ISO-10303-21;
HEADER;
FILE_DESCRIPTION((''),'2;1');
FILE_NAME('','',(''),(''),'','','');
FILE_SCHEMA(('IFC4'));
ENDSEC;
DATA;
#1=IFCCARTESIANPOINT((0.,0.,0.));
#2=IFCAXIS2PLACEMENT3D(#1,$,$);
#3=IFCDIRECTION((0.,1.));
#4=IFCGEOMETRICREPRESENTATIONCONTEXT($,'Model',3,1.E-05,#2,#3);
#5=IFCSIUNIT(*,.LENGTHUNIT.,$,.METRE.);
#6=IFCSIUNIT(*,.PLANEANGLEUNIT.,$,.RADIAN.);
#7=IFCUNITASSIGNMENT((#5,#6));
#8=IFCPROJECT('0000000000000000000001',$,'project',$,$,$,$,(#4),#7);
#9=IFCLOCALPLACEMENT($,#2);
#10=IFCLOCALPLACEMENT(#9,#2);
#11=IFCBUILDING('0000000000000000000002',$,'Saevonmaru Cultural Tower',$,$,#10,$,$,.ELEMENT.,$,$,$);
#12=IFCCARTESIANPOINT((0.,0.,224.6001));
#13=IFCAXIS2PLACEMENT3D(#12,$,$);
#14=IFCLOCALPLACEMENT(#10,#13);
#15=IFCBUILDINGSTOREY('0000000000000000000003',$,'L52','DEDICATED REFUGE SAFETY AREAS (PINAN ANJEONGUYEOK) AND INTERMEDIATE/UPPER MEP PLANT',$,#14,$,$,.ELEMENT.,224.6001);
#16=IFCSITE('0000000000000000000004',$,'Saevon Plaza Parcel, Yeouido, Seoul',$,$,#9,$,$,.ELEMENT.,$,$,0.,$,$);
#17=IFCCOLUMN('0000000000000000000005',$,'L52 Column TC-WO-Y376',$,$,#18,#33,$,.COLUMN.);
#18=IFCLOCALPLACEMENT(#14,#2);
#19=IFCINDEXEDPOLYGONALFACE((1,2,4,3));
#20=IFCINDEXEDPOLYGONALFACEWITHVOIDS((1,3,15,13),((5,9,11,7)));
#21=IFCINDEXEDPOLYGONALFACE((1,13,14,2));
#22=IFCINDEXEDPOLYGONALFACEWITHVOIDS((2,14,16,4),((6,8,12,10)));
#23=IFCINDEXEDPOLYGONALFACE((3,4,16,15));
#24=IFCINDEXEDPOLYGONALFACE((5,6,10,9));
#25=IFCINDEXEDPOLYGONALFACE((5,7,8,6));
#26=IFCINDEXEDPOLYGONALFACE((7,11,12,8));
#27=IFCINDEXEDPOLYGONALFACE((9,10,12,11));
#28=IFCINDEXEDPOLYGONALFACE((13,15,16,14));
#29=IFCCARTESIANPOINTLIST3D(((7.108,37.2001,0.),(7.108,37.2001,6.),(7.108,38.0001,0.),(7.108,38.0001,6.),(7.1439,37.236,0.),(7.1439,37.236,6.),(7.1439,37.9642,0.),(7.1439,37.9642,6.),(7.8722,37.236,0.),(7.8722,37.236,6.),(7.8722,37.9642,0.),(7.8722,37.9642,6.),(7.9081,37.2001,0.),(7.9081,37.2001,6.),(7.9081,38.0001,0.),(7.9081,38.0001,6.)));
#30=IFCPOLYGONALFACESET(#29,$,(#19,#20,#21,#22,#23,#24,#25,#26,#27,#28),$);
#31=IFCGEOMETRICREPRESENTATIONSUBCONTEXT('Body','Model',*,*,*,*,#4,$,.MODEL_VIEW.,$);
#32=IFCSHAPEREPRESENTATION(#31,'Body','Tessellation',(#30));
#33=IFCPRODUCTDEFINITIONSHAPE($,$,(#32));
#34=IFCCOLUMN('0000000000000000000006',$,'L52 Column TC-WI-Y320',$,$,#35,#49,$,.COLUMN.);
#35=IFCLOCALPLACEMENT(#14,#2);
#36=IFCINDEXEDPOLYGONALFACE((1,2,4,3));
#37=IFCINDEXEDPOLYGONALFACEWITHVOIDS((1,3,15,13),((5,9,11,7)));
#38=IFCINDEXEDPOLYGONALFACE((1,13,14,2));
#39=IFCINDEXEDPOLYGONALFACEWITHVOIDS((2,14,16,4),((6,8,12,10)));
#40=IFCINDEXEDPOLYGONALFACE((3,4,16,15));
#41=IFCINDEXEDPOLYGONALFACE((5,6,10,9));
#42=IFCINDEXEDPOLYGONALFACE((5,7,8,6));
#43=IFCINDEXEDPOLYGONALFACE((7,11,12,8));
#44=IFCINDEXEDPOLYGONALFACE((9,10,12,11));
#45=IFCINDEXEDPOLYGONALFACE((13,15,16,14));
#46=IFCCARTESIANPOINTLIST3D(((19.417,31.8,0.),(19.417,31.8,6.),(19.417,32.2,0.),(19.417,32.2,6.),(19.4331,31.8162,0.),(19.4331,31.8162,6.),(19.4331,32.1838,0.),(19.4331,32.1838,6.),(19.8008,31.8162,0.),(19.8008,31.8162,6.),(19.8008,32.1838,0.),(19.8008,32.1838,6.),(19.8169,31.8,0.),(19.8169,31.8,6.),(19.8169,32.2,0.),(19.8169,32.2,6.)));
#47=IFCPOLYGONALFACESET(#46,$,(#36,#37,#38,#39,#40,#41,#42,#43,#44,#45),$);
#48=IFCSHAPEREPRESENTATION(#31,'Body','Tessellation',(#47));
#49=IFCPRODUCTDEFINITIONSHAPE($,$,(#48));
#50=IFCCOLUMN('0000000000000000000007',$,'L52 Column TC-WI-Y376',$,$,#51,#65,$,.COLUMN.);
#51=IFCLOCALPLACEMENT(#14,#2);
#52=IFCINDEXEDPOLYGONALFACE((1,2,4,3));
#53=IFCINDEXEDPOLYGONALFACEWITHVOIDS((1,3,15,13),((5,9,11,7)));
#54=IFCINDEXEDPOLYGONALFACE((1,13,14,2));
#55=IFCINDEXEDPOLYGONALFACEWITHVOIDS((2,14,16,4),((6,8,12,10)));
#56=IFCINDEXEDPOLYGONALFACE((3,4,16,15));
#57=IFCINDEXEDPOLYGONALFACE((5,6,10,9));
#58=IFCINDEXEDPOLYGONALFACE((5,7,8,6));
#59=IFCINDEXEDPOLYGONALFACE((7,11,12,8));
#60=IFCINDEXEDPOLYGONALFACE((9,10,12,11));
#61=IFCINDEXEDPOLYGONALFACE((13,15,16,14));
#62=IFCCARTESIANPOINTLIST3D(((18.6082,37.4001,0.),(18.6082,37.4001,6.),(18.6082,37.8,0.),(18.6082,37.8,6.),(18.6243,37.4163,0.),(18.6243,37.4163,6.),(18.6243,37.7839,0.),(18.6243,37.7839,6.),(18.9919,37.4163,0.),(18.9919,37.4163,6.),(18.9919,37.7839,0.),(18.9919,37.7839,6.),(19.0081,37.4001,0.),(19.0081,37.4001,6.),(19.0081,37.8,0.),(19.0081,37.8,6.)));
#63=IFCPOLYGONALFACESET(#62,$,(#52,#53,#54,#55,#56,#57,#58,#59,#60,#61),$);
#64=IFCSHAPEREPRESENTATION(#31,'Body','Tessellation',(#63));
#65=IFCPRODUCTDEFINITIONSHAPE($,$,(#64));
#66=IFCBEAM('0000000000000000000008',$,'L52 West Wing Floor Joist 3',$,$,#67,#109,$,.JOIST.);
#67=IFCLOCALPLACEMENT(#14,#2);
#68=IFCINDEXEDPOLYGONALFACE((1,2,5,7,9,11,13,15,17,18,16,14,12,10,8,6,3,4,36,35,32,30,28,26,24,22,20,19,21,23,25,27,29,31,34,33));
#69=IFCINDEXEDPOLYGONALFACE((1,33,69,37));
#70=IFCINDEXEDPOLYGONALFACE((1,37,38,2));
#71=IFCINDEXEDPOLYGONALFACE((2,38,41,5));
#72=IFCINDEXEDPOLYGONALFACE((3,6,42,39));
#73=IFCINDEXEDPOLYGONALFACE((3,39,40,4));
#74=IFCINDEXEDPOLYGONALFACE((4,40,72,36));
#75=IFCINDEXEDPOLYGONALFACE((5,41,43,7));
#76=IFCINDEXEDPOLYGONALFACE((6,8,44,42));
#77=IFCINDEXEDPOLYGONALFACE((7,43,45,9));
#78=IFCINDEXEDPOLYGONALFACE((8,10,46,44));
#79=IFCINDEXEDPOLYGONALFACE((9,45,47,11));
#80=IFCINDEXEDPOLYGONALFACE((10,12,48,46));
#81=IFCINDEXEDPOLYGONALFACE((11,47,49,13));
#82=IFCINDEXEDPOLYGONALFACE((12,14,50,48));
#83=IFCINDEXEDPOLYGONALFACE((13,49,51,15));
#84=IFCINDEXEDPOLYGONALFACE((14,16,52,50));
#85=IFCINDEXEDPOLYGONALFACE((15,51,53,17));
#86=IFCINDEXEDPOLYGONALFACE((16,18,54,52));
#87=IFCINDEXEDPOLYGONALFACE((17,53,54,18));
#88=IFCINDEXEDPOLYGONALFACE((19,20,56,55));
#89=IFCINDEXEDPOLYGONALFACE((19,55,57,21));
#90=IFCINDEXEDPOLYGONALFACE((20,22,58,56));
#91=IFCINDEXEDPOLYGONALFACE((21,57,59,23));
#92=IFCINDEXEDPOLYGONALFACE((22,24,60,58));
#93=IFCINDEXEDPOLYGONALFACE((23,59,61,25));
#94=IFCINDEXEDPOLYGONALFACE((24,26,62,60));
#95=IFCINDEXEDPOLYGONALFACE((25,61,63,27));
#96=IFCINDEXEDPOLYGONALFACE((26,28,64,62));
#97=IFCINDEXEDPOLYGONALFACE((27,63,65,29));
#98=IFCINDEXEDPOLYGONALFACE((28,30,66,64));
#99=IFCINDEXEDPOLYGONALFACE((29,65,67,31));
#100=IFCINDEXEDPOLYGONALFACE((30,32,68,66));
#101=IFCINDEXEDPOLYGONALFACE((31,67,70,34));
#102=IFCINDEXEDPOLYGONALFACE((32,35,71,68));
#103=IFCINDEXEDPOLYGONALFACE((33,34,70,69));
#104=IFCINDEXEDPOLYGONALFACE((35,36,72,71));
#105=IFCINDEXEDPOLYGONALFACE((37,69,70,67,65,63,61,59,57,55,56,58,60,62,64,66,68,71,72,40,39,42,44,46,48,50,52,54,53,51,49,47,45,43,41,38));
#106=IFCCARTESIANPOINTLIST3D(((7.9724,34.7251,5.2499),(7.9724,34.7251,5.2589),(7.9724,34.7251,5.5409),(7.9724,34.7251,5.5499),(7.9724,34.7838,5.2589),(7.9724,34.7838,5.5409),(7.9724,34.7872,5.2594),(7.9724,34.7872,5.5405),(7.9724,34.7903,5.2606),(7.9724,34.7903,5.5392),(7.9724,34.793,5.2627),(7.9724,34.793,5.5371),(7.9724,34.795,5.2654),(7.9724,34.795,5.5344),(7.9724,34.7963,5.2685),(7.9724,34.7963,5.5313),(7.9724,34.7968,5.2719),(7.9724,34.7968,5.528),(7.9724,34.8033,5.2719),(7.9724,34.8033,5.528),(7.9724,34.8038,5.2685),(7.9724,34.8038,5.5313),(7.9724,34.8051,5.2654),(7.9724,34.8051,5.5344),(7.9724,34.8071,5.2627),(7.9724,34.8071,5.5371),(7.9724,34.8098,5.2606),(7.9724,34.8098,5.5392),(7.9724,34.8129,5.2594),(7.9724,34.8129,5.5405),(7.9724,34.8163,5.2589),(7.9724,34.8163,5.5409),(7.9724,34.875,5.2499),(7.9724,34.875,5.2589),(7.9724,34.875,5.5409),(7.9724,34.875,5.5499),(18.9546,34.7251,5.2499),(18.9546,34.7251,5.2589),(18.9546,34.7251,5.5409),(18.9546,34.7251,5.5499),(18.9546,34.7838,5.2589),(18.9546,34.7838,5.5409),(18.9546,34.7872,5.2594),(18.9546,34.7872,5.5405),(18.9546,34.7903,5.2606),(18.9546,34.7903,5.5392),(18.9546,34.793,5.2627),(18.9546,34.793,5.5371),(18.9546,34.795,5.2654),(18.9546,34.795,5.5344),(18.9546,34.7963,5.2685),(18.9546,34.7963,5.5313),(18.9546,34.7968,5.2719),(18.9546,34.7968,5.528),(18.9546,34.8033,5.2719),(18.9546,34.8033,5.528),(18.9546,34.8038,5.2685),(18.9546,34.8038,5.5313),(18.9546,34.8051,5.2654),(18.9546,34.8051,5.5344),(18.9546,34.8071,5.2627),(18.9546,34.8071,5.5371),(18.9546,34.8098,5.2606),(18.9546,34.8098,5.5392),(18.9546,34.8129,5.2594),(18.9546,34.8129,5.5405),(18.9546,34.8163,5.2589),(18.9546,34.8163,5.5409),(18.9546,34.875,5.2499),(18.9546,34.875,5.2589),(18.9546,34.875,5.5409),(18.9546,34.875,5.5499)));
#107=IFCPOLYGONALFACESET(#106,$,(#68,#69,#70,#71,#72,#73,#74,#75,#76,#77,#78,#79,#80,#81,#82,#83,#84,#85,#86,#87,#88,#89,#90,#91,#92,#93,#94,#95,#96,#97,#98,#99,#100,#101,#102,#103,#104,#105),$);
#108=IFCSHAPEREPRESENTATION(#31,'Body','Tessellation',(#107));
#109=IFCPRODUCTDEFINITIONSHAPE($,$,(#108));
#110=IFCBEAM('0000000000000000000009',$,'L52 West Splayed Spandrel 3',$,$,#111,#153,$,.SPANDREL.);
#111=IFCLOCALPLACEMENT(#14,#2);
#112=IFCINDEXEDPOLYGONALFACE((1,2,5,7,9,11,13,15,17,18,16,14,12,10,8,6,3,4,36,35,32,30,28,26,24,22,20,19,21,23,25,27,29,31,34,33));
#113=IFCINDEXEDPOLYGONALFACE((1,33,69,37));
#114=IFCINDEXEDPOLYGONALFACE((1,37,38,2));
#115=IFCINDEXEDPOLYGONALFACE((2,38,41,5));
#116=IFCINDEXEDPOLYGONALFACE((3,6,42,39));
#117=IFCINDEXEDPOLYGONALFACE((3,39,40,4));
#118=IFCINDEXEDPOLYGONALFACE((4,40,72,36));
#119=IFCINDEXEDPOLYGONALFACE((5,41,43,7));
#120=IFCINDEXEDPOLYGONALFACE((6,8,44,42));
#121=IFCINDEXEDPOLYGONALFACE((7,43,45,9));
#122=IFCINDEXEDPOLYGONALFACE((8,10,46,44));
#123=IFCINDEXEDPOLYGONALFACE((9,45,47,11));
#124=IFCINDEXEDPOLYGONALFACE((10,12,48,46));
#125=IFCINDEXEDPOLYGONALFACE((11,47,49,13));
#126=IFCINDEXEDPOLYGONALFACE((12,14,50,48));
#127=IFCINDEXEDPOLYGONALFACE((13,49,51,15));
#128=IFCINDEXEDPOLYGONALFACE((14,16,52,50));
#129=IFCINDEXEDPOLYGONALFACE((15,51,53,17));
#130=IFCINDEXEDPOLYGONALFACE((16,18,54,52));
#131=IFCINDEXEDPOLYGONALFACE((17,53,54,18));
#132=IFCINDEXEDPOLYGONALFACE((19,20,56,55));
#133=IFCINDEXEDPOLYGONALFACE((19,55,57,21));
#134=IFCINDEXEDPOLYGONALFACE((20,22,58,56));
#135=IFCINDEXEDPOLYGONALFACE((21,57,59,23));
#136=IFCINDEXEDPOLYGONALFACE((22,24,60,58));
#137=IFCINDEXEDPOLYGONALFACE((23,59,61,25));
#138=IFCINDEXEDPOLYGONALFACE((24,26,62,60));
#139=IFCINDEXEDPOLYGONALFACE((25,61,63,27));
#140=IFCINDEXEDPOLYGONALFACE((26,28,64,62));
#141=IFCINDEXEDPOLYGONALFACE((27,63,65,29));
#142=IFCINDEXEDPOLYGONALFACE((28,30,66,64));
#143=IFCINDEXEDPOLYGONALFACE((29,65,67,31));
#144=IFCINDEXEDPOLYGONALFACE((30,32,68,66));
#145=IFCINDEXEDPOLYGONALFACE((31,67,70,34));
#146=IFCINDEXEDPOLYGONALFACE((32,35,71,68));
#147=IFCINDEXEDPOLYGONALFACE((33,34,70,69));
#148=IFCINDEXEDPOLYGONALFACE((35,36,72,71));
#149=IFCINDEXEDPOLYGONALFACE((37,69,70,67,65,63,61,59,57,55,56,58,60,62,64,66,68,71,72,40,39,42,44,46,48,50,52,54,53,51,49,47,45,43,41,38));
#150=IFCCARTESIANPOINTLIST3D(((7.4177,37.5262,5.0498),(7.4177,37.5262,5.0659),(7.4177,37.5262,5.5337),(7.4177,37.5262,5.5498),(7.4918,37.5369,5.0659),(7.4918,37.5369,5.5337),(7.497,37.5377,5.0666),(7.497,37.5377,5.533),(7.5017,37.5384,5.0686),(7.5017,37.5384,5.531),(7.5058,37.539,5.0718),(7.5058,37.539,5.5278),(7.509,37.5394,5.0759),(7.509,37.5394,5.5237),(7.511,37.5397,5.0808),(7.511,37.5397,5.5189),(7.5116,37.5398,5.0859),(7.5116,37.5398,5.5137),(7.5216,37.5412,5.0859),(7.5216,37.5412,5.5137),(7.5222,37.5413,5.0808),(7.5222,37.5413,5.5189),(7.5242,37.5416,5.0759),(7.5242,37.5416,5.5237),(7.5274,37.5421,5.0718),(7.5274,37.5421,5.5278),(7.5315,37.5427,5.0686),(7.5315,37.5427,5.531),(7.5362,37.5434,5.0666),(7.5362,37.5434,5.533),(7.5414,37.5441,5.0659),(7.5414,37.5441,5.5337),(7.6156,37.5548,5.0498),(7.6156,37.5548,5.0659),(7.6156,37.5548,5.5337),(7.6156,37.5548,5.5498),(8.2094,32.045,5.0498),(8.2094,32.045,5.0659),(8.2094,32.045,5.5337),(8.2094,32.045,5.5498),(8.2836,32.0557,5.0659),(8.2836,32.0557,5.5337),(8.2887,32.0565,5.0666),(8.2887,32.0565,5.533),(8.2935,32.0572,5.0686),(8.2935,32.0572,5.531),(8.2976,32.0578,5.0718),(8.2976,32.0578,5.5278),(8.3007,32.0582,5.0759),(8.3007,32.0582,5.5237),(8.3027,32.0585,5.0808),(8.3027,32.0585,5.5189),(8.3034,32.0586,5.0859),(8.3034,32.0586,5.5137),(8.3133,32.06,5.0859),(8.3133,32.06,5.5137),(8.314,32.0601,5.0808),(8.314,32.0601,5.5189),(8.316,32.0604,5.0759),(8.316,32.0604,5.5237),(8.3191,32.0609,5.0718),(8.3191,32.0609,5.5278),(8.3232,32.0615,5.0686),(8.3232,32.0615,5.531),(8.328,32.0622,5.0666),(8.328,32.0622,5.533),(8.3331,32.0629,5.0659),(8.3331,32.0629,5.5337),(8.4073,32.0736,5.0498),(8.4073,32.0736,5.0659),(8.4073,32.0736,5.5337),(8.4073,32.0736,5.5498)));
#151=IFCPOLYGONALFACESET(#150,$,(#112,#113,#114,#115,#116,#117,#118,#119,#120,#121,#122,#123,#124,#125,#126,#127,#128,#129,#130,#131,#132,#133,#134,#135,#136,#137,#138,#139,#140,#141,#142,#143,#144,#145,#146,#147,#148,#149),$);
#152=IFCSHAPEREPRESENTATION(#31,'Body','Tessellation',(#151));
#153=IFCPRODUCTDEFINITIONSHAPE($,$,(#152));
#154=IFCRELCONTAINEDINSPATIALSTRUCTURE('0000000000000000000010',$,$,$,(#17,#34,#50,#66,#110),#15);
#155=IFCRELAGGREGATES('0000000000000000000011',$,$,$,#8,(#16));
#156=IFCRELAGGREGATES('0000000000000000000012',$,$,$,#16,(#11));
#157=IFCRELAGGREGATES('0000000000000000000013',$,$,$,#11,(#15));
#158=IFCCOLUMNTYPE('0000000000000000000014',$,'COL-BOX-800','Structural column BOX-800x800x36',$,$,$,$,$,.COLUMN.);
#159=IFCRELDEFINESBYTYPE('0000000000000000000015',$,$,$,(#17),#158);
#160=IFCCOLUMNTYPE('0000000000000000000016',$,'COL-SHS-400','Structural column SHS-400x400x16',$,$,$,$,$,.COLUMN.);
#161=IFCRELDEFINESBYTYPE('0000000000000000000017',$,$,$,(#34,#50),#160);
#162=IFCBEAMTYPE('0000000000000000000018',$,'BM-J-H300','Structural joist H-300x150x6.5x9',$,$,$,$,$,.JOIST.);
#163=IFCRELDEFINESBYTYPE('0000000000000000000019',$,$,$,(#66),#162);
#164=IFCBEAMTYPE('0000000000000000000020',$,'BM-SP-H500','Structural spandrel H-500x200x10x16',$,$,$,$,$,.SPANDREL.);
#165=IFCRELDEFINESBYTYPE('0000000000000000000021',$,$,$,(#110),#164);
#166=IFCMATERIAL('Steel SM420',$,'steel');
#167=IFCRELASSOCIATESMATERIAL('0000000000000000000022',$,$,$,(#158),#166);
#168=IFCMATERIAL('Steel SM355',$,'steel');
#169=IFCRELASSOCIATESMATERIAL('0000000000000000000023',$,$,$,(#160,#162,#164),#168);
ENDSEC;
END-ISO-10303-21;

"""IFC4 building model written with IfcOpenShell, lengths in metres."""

from ifc_helpers import new_model, si_unit, direction, frame, origin, origin_2d, place, context, subcontext, project, spatial, hollow_rectangle, i_section, extrude, material, material_profile, profile_set, type_object, element, save


model = new_model("IFC4")

# Units and contexts
model_context = context("Model", 3, precision=1e-05, world=origin(), true_north=direction((0.0, 1.0)))
body_context = subcontext(model_context, "Body", "Model", "MODEL_VIEW")
ifc_project = project(units=[si_unit("LENGTHUNIT", "METRE"), si_unit("PLANEANGLEUNIT", "RADIAN")], contexts=[model_context])

# Site, building, storey
site_placement = place(None, origin())
site = spatial("IfcSite", under=ifc_project, at=site_placement, Name="Saevon Plaza Parcel, Yeouido, Seoul", CompositionType="ELEMENT", RefElevation=0.0)
building_placement = place(site_placement, origin())
building = spatial("IfcBuilding", under=site, at=building_placement, Name="Saevonmaru Cultural Tower", CompositionType="ELEMENT")
storey_placement = place(building_placement, frame((0.0, 0.0, 224.6001)))
storey = spatial("IfcBuildingStorey", under=building, at=storey_placement, Name="L52", Description="DEDICATED REFUGE SAFETY AREAS (PINAN ANJEONGUYEOK) AND INTERMEDIATE/UPPER MEP PLANT", CompositionType="ELEMENT", Elevation=224.6001)

# Columns
ifc_material_1 = material(Name="Steel SM420", Category="steel")
ifc_material_profile_1 = material_profile(ifc_material_1, hollow_rectangle(XDim=0.8, YDim=0.8, WallThickness=0.0359, at=origin_2d()), Name="BOX-800x800x36")
ifc_profile_set_1 = profile_set([ifc_material_profile_1], Name="Steel SM420")
column_type_1 = type_object("IfcColumnType", Name="COL-BOX-800", Description="Structural column BOX-800x800x36", PredefinedType="COLUMN", material=ifc_profile_set_1)
column_placement = place(storey_placement, frame((7.5081, 37.6001, 0.0), z_axis=(0.0, 0.0, 1.0), x_axis=(1.0, 0.0, 0.0)))
element("IfcColumn", 1, at=column_placement, inside=storey, type_object=column_type_1, Name="L52 Column TC-WO-Y376", PredefinedType="COLUMN", context=body_context, shape_type="SweptSolid", body=[
    extrude(hollow_rectangle(XDim=0.8, YDim=0.8, WallThickness=0.0359, at=origin_2d()), origin(), (0.0, 0.0, 1.0), 6.0),
])
ifc_material_2 = material(Name="Steel SM355", Category="steel")
ifc_material_profile_2 = material_profile(ifc_material_2, hollow_rectangle(XDim=0.3999, YDim=0.3999, WallThickness=0.0161, at=origin_2d()), Name="SHS-400x400x16")
ifc_profile_set_2 = profile_set([ifc_material_profile_2], Name="Steel SM355")
column_type_2 = type_object("IfcColumnType", Name="COL-SHS-400", Description="Structural column SHS-400x400x16", PredefinedType="COLUMN", material=ifc_profile_set_2)
for number, where, z_axis, x_axis, name in (
    (2, (19.6169, 32.0, 0.0), (0.0, 0.0, 1.0), (1.0, 0.0, 0.0), "L52 Column TC-WI-Y320"),
    (3, (18.8081, 37.6001, 0.0), (0.0, 0.0, 1.0), (1.0, 0.0, 0.0), "L52 Column TC-WI-Y376"),
):
    element("IfcColumn", number, at=place(storey_placement, frame(where, z_axis=z_axis, x_axis=x_axis)), inside=storey, type_object=column_type_2, Name=name, PredefinedType="COLUMN", context=body_context, shape_type="SweptSolid", body=[
        extrude(hollow_rectangle(XDim=0.3999, YDim=0.3999, WallThickness=0.0161, at=origin_2d()), origin(), (0.0, 0.0, 1.0), 6.0),
    ])

# Beams
ifc_material_profile_3 = material_profile(ifc_material_2, i_section(OverallWidth=0.1499, OverallDepth=0.3, WebThickness=0.0066, FlangeThickness=0.009, FilletRadius=0.0129, at=origin_2d()), Name="H-300x150x6.5x9")
ifc_profile_set_3 = profile_set([ifc_material_profile_3], Name="Steel SM355")
beam_type_1 = type_object("IfcBeamType", Name="BM-J-H300", Description="Structural joist H-300x150x6.5x9", PredefinedType="JOIST", material=ifc_profile_set_3)
beam_1_placement = place(storey_placement, frame((7.9724, 34.8, 5.3999), z_axis=(1.0, 0.0, 0.0), x_axis=(0.0, 1.0, 0.0)))
element("IfcBeam", 4, at=beam_1_placement, inside=storey, type_object=beam_type_1, Name="L52 West Wing Floor Joist 3", PredefinedType="JOIST", context=body_context, shape_type="SweptSolid", body=[
    extrude(i_section(OverallWidth=0.1499, OverallDepth=0.3, WebThickness=0.0066, FlangeThickness=0.009, FilletRadius=0.0129, at=origin_2d()), origin(), (0.0, 0.0, 1.0), 10.9822),
])
ifc_material_profile_4 = material_profile(ifc_material_2, i_section(OverallWidth=0.2, OverallDepth=0.5, WebThickness=0.01, FlangeThickness=0.0161, FilletRadius=0.02, at=origin_2d()), Name="H-500x200x10x16")
ifc_profile_set_4 = profile_set([ifc_material_profile_4], Name="Steel SM355")
beam_type_2 = type_object("IfcBeamType", Name="BM-SP-H500", Description="Structural spandrel H-500x200x10x16", PredefinedType="SPANDREL", material=ifc_profile_set_4)
beam_2_placement = place(storey_placement, frame((8.3083, 32.0593, 5.2998), z_axis=(-0.142964, 0.989728, 0.0), x_axis=(-0.989728, -0.142964, 0.0)))
element("IfcBeam", 5, at=beam_2_placement, inside=storey, type_object=beam_type_2, Name="L52 West Splayed Spandrel 3", PredefinedType="SPANDREL", context=body_context, shape_type="SweptSolid", body=[
    extrude(i_section(OverallWidth=0.2, OverallDepth=0.5, WebThickness=0.01, FlangeThickness=0.0161, FilletRadius=0.02, at=origin_2d()), origin(), (0.0, 0.0, 1.0), 5.5381),
])

save(model, "model.ifc")
